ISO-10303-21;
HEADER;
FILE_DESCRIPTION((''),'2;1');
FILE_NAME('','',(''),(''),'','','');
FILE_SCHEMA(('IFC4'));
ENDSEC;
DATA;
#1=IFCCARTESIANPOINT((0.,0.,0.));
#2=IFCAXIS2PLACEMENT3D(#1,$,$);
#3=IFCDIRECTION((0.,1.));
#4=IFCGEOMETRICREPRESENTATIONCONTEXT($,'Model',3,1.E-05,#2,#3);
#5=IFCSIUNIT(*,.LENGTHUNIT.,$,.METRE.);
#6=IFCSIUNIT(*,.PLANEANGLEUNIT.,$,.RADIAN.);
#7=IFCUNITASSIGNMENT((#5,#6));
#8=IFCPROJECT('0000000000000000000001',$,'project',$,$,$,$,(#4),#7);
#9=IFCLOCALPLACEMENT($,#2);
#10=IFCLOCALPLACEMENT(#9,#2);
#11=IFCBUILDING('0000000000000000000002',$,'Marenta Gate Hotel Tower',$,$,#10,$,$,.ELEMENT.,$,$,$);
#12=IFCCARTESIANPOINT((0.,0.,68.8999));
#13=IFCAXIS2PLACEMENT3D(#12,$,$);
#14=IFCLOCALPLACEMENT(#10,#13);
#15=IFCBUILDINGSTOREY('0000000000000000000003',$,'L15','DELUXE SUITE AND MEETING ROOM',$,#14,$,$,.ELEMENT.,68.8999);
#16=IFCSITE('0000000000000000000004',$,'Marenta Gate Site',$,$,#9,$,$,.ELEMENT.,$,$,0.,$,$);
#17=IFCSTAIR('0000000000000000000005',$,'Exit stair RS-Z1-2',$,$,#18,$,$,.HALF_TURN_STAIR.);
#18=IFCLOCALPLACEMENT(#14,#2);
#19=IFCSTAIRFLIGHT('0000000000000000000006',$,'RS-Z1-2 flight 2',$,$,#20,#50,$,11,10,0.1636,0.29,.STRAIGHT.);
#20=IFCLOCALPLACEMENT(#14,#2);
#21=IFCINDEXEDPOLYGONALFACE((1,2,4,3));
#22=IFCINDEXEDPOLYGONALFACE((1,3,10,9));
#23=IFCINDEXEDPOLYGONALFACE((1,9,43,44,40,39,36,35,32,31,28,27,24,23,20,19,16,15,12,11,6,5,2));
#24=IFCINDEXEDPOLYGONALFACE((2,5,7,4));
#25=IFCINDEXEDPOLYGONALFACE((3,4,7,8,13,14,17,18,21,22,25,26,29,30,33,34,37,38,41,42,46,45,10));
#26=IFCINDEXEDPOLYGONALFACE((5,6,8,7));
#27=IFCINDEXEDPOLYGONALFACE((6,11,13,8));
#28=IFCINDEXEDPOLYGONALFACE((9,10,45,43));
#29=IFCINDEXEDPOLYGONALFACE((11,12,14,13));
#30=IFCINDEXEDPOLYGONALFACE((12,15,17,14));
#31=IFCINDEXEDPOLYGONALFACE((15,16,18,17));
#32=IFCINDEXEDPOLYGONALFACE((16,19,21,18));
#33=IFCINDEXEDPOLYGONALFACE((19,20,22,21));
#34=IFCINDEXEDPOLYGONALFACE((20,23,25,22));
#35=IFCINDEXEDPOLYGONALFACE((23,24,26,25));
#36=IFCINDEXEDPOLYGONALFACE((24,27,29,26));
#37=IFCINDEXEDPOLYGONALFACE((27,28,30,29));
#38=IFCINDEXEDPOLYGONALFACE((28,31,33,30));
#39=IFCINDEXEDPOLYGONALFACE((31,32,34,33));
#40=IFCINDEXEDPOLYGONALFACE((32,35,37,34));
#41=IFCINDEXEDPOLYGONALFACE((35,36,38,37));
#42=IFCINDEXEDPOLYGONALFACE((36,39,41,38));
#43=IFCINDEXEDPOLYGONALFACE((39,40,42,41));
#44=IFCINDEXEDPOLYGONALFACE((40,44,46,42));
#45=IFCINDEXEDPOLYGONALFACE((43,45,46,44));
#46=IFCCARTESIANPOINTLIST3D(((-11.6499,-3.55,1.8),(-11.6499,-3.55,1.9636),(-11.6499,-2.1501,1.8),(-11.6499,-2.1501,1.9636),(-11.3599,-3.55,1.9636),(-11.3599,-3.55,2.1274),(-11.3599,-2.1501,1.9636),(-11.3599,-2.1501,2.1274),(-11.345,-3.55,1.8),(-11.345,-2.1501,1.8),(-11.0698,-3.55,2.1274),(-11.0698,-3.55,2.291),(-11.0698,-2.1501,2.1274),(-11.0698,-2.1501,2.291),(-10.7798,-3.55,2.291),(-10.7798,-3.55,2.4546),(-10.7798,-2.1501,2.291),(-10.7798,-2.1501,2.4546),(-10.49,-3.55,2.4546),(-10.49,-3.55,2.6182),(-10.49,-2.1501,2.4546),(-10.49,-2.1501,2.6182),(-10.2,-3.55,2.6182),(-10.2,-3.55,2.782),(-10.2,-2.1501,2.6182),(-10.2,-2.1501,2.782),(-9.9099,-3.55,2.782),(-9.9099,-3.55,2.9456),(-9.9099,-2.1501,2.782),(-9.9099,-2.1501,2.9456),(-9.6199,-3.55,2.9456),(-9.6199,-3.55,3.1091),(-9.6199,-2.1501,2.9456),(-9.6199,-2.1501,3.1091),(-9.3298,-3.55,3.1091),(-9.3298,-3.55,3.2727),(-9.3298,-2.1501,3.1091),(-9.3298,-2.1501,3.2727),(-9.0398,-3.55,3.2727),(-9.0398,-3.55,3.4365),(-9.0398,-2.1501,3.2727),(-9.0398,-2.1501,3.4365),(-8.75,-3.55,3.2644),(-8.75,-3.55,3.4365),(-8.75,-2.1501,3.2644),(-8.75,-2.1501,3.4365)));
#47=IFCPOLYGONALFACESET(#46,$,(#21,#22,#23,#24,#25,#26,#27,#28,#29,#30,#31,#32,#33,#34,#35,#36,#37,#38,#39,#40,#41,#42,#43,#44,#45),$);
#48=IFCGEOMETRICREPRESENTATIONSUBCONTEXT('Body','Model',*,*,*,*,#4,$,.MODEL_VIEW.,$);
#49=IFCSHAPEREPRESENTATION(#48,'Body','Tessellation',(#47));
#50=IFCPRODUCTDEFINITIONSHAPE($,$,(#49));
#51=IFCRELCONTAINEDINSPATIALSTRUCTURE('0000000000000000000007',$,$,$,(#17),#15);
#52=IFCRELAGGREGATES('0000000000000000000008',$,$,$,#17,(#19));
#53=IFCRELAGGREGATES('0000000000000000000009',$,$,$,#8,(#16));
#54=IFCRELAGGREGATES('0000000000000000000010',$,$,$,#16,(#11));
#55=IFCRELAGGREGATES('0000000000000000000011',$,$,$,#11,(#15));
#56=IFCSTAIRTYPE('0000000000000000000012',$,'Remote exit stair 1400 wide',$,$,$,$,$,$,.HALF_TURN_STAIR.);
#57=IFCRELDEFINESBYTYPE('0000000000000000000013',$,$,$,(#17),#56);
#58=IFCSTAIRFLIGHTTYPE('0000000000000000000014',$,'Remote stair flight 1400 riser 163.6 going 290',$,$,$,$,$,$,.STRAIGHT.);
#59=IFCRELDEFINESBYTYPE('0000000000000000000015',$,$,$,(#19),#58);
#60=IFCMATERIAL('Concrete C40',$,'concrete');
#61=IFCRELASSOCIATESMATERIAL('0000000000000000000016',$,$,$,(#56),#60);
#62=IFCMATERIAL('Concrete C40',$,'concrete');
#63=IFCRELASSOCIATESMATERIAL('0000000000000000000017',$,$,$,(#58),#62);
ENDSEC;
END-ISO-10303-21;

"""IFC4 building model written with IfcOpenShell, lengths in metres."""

from ifc_helpers import new_model, si_unit, direction, frame, origin, place, context, subcontext, project, spatial, polyline, outline, extrude, material, type_object, element, aggregate, save


model = new_model("IFC4")

# Units and contexts
model_context = context("Model", 3, precision=1e-05, world=origin(), true_north=direction((0.0, 1.0)))
body_context = subcontext(model_context, "Body", "Model", "MODEL_VIEW")
ifc_project = project(units=[si_unit("LENGTHUNIT", "METRE"), si_unit("PLANEANGLEUNIT", "RADIAN")], contexts=[model_context])

# Site, building, storey
site_placement = place(None, origin())
site = spatial("IfcSite", under=ifc_project, at=site_placement, Name="Marenta Gate Site", CompositionType="ELEMENT", RefElevation=0.0)
building_placement = place(site_placement, origin())
building = spatial("IfcBuilding", under=site, at=building_placement, Name="Marenta Gate Hotel Tower", CompositionType="ELEMENT")
storey_placement = place(building_placement, frame((0.0, 0.0, 68.8999)))
storey = spatial("IfcBuildingStorey", under=building, at=storey_placement, Name="L15", Description="DELUXE SUITE AND MEETING ROOM", CompositionType="ELEMENT", Elevation=68.8999)

# Stair, stair flight
ifc_material_1 = material(Name="Concrete C40", Category="concrete")
stair_type = type_object("IfcStairType", Name="Remote exit stair 1400 wide", PredefinedType="HALF_TURN_STAIR", material=ifc_material_1)
stair_placement = place(storey_placement, origin())
stair = element("IfcStair", 1, at=stair_placement, inside=storey, type_object=stair_type, Name="Exit stair RS-Z1-2", PredefinedType="HALF_TURN_STAIR")
ifc_material_2 = material(Name="Concrete C40", Category="concrete")
stair_flight_type = type_object("IfcStairFlightType", Name="Remote stair flight 1400 riser 163.6 going 290", PredefinedType="STRAIGHT", material=ifc_material_2)
stair_flight_1_placement = place(storey_placement, frame((-11.6499, -2.8501, 1.8), z_axis=(0.0, 0.0, 1.0), x_axis=(1.0, 0.0, 0.0)))
stair_flight_1 = element("IfcStairFlight", 2, at=stair_flight_1_placement, type_object=stair_flight_type, Name="RS-Z1-2 flight 2", NumberOfRisers=11, NumberOfTreads=10, PredefinedType="STRAIGHT", RiserHeight=0.1636, TreadLength=0.29, context=body_context, shape_type="SweptSolid", body=[
    extrude(outline(polyline([(0.0, 0.0), (0.0, 0.1636), (0.29, 0.1636), (0.29, 0.3274), (0.5801, 0.3274), (0.5801, 0.491), (0.8701, 0.491), (0.8701, 0.6545), (1.1599, 0.6545), (1.1599, 0.8181), (1.45, 0.8181), (1.45, 0.9819), (1.74, 0.9819), (1.74, 1.1455), (2.03, 1.1455), (2.03, 1.3091), (2.3201, 1.3091), (2.3201, 1.4727), (2.6101, 1.4727), (2.6101, 1.6365), (2.8999, 1.6365), (2.8999, 1.8), (2.8999, 1.4644), (0.3049, 0.0), (0.0, 0.0)])), frame((0.0, 0.7, 0.0), z_axis=(0.0, -1.0, 0.0), x_axis=(1.0, 0.0, 0.0)), (0.0, 0.0, 1.0), 1.3999),
])
aggregate(stair, [stair_flight_1])

save(model, "model.ifc")
